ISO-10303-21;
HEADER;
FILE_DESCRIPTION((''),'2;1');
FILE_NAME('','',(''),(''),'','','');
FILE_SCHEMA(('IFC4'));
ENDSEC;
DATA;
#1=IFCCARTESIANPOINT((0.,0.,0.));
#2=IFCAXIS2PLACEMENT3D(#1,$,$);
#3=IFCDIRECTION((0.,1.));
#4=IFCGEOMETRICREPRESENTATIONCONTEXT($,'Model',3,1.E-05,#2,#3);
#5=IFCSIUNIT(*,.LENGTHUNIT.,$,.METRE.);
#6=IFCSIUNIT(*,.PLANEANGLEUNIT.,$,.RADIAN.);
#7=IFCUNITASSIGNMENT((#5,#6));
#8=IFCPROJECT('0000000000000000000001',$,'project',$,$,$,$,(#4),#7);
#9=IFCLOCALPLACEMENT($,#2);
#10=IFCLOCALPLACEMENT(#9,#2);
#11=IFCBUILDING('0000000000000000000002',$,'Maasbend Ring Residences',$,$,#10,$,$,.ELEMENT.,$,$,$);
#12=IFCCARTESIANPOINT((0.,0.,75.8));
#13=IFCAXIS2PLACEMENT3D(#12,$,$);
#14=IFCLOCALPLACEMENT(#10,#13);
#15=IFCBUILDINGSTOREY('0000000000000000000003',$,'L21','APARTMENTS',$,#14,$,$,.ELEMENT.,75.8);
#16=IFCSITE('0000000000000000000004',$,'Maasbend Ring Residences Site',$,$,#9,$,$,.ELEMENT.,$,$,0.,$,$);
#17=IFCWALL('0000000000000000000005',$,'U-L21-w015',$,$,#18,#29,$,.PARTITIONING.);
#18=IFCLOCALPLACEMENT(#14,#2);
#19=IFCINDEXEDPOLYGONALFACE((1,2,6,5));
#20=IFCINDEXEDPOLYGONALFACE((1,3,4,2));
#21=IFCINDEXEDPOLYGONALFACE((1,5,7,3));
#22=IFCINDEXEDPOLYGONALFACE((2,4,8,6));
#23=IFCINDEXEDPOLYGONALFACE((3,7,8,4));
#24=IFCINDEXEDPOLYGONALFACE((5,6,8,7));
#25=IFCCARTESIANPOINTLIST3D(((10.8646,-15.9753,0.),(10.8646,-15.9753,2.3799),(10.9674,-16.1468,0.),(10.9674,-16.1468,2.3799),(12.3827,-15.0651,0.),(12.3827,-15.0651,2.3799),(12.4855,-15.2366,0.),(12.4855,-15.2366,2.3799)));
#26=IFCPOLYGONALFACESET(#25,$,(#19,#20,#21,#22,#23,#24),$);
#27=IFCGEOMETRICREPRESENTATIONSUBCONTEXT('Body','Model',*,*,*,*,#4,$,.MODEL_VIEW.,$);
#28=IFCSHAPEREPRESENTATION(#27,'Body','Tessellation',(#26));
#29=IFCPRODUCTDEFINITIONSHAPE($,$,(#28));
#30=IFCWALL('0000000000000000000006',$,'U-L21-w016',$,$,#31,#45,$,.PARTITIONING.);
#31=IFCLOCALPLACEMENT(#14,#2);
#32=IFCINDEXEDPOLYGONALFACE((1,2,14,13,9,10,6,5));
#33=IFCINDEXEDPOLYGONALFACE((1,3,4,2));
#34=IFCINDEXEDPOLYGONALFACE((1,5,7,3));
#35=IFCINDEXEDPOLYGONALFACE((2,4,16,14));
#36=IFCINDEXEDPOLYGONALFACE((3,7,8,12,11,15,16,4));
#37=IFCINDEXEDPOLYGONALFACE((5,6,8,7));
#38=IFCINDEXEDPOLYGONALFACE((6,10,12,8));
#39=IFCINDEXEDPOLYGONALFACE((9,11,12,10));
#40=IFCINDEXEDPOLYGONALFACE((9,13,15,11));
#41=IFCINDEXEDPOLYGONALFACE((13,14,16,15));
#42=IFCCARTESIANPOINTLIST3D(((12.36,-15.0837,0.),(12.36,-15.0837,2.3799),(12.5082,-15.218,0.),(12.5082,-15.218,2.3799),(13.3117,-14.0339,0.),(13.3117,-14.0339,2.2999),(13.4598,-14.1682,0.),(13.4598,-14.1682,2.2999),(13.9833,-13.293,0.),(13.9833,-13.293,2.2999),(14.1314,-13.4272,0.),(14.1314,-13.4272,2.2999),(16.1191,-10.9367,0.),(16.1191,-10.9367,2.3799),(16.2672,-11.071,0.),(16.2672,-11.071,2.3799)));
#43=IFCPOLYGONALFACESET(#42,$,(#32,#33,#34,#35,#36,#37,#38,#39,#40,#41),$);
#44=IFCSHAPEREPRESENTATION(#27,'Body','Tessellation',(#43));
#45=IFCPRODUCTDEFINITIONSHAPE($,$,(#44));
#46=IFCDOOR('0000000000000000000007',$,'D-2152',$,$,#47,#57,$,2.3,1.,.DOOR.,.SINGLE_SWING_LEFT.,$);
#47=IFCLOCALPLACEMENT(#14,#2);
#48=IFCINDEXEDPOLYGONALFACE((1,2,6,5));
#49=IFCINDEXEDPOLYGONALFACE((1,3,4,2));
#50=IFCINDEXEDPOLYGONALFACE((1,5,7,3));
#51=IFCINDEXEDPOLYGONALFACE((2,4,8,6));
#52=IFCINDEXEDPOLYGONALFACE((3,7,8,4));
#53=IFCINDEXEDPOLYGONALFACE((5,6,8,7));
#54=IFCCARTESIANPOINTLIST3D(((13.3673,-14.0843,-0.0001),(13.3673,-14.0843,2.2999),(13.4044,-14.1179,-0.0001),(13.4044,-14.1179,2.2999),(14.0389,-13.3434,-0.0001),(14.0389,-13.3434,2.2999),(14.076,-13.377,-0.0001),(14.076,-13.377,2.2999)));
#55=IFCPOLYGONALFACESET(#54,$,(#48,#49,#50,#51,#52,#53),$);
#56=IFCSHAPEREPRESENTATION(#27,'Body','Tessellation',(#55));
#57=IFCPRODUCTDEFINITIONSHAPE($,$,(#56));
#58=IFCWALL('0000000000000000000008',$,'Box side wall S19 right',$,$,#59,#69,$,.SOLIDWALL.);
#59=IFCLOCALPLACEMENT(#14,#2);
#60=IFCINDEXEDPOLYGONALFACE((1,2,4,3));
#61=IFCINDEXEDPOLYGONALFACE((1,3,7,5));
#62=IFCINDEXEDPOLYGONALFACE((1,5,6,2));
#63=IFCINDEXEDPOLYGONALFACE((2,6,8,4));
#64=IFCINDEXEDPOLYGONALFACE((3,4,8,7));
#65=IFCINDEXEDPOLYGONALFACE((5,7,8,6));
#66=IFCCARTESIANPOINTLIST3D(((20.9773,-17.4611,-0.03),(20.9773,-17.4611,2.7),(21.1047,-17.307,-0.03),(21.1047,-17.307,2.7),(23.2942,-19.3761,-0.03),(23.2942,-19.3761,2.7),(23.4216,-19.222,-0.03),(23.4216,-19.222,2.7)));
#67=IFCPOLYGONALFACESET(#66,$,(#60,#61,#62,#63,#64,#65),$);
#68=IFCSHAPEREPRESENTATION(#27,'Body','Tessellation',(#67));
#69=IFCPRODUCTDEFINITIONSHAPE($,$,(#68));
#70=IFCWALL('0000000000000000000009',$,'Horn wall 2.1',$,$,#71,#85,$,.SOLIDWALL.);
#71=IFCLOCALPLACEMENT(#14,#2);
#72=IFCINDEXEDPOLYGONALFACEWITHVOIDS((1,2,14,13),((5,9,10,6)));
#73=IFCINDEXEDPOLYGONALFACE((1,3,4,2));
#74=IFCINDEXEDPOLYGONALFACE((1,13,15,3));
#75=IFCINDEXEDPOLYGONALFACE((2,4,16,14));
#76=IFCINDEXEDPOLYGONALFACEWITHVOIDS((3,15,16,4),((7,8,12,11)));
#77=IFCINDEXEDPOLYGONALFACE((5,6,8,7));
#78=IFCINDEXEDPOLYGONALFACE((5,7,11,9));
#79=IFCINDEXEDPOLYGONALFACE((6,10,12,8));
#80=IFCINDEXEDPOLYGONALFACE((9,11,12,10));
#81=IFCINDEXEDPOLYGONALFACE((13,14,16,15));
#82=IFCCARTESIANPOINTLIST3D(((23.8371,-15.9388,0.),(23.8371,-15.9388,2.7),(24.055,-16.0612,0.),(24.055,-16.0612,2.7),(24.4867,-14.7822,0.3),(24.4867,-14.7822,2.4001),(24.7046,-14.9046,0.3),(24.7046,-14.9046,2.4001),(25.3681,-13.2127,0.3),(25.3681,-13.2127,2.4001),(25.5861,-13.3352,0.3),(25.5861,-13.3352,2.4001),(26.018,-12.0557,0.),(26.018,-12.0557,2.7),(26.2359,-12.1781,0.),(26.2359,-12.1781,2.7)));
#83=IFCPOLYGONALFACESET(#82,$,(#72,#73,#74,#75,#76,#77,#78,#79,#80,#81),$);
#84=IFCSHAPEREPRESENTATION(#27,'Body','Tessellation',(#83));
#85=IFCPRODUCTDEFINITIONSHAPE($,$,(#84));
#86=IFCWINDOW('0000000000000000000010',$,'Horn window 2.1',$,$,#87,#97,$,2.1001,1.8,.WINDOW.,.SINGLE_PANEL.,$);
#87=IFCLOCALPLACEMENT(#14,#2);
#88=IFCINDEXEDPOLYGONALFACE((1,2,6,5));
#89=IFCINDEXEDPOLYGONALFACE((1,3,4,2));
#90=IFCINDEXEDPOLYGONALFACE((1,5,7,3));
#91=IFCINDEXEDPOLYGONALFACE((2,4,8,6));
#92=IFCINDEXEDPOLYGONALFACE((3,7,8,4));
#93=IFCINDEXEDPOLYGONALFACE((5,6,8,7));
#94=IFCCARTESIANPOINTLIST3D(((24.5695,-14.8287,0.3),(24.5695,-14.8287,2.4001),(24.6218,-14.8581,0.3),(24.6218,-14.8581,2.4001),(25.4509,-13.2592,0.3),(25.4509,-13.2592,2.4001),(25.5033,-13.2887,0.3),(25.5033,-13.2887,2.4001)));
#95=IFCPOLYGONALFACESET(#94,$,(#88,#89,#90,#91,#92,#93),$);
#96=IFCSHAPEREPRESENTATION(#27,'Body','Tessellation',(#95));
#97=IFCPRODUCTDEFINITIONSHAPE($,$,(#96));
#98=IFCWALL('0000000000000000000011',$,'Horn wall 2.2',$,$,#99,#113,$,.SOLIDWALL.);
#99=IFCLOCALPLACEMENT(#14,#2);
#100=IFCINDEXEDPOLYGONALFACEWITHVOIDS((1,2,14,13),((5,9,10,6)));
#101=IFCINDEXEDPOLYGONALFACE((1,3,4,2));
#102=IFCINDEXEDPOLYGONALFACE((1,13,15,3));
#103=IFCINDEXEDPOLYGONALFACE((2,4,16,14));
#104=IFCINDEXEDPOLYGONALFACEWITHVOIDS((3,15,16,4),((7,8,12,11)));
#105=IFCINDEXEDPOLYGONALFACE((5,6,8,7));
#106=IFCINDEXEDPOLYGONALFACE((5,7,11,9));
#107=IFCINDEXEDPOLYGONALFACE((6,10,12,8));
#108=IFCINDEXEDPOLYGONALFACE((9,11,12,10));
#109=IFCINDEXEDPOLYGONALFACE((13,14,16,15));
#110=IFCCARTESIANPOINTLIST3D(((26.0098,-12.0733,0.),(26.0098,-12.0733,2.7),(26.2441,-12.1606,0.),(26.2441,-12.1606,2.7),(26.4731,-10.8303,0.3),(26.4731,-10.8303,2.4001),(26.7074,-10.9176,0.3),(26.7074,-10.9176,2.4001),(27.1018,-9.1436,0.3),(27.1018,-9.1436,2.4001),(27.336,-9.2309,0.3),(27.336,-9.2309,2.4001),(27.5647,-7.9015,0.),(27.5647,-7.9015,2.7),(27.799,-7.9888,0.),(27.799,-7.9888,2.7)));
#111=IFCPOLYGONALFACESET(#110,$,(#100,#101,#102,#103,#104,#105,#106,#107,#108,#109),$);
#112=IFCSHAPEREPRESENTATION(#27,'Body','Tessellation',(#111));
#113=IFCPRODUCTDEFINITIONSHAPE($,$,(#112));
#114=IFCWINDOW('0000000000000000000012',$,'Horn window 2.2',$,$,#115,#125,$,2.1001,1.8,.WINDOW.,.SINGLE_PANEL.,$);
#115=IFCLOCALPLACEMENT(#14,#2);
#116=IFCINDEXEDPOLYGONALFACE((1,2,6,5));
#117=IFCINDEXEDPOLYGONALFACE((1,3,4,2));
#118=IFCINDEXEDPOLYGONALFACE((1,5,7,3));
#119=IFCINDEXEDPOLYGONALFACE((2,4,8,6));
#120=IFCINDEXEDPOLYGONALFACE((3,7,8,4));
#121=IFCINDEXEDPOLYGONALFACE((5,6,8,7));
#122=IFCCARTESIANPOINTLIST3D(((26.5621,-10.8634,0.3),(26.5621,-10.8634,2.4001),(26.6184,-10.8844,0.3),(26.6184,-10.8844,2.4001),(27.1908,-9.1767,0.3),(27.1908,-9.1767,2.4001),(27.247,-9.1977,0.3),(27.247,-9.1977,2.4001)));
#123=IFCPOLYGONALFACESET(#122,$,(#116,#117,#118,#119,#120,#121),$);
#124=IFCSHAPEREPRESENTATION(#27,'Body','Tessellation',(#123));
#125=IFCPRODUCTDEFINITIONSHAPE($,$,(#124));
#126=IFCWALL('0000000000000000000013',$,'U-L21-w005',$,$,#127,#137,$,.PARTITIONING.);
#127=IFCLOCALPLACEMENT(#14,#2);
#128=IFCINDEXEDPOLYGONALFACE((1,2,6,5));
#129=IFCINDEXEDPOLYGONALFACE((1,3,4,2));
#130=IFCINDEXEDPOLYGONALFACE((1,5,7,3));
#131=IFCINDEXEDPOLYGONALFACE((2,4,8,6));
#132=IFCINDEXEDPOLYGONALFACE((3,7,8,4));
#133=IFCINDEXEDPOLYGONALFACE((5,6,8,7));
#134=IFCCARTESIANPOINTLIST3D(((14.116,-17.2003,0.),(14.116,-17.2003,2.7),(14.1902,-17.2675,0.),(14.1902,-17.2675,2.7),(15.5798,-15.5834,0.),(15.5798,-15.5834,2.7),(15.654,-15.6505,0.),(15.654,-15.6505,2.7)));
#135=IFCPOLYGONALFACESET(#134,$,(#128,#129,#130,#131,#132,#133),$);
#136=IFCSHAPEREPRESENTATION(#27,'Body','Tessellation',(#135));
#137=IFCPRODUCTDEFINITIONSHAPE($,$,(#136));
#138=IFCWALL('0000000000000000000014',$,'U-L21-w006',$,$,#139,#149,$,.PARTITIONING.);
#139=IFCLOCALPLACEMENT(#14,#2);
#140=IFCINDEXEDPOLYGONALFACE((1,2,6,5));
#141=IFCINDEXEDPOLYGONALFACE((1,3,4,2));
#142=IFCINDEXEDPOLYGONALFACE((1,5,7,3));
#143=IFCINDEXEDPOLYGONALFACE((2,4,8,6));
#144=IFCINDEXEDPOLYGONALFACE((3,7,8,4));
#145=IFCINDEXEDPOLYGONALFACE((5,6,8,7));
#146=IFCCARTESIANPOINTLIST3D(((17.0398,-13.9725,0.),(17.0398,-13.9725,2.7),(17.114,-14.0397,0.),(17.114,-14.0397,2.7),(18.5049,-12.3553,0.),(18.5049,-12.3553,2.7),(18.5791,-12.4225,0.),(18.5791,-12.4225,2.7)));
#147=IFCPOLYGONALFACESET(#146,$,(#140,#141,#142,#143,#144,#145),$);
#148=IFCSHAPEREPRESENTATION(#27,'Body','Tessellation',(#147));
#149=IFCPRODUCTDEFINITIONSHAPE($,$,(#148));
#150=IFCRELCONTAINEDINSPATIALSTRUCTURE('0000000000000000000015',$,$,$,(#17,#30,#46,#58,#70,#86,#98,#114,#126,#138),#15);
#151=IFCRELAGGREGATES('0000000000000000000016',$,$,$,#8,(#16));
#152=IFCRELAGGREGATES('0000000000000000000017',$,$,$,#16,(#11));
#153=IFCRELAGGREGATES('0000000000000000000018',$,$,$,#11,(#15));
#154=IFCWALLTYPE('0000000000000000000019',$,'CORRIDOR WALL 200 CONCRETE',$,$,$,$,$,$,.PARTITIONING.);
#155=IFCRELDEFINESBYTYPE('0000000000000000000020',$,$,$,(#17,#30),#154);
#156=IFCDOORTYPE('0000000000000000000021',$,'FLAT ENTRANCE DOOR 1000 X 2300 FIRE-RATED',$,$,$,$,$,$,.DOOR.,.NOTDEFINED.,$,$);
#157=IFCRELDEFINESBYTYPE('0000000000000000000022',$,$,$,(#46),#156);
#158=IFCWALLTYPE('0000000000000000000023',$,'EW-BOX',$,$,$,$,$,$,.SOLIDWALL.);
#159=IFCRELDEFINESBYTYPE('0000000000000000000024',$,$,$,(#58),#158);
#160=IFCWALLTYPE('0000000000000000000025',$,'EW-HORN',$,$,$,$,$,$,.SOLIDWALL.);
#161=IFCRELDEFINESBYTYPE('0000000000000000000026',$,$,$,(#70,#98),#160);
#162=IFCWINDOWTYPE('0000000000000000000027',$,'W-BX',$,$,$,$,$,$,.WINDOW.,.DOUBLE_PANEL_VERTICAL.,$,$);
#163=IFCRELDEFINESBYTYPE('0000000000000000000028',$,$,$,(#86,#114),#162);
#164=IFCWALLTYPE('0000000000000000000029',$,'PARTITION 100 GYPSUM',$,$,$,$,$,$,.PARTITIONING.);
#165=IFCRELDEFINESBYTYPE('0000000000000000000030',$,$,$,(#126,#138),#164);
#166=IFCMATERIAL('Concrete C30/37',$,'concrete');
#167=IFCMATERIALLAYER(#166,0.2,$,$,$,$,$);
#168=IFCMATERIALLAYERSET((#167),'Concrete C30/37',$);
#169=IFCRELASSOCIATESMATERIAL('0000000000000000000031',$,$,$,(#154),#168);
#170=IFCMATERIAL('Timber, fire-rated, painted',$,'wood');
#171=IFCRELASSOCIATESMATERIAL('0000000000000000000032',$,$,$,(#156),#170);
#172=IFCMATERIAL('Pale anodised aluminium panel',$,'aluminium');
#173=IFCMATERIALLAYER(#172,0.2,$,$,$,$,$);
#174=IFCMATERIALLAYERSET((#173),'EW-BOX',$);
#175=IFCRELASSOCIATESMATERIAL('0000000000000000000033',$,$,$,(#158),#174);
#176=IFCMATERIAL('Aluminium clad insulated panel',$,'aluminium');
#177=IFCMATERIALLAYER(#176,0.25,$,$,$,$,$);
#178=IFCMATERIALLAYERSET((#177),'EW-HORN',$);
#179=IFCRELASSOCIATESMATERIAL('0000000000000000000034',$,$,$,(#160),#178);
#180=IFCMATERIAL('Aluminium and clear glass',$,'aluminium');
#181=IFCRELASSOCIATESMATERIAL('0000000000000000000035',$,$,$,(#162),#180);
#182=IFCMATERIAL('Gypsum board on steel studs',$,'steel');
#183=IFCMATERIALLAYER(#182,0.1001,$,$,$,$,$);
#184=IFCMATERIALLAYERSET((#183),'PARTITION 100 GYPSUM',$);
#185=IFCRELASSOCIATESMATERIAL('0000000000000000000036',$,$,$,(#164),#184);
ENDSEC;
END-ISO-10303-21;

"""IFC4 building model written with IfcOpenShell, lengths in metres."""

from ifc_helpers import new_model, si_unit, direction, frame, frame_2d, origin, place, context, subcontext, project, spatial, rectangle, extrude, material, layer, layer_set, type_object, element, fill, save


model = new_model("IFC4")

# Units and contexts
model_context = context("Model", 3, precision=1e-05, world=origin(), true_north=direction((0.0, 1.0)))
body_context = subcontext(model_context, "Body", "Model", "MODEL_VIEW")
ifc_project = project(units=[si_unit("LENGTHUNIT", "METRE"), si_unit("PLANEANGLEUNIT", "RADIAN")], contexts=[model_context])

# Site, building, storey
site_placement = place(None, origin())
site = spatial("IfcSite", under=ifc_project, at=site_placement, Name="Maasbend Ring Residences Site", CompositionType="ELEMENT", RefElevation=0.0)
building_placement = place(site_placement, origin())
building = spatial("IfcBuilding", under=site, at=building_placement, Name="Maasbend Ring Residences", CompositionType="ELEMENT")
storey_placement = place(building_placement, frame((0.0, 0.0, 75.8)))
storey = spatial("IfcBuildingStorey", under=building, at=storey_placement, Name="L21", Description="APARTMENTS", CompositionType="ELEMENT", Elevation=75.8)

# Wall
ifc_material_1 = material(Name="Concrete C30/37", Category="concrete")
ifc_layer_1 = layer(ifc_material_1, 0.2)
ifc_layer_set_1 = layer_set([ifc_layer_1], Name="Concrete C30/37")
wall_type_1 = type_object("IfcWallType", Name="CORRIDOR WALL 200 CONCRETE", PredefinedType="PARTITIONING", material=ifc_layer_set_1)
wall_1_placement = place(storey_placement, frame((10.916, -16.061, 0.0), z_axis=(0.0, 0.0, 1.0), x_axis=(0.857663, 0.514212, 0.0)))
element("IfcWall", 1, at=wall_1_placement, inside=storey, type_object=wall_type_1, Name="U-L21-w015", PredefinedType="PARTITIONING", context=body_context, shape_type="SweptSolid", body=[
    extrude(rectangle(XDim=1.77, YDim=0.2, at=frame_2d((0.885, 0.0))), origin(), (0.0, 0.0, 1.0), 2.3799),
])

# Wall, opening, door
wall_2_placement = place(storey_placement, frame((12.4341, -15.1509, 0.0), z_axis=(0.0, 0.0, 1.0), x_axis=(0.671602, 0.740912, 0.0)))
wall_2 = element("IfcWall", 2, at=wall_2_placement, inside=storey, type_object=wall_type_1, Name="U-L21-w016", PredefinedType="PARTITIONING", context=body_context, shape_type="SweptSolid", body=[
    extrude(rectangle(XDim=5.5972, YDim=0.2, at=frame_2d((2.7986, 0.0))), origin(), (0.0, 0.0, 1.0), 2.3799),
])
opening_1_placement = place(wall_2_placement, frame((1.417, 0.0, 0.0)))
opening_1 = element("IfcOpeningElement", 3, at=opening_1_placement, cuts=wall_2, PredefinedType="OPENING", context=body_context, shape_type="SweptSolid", body=[
    extrude(rectangle(XDim=1.0, YDim=2.3, at=frame_2d((0.5, 1.1499))), frame((0.0, 0.1099, 0.0), z_axis=(0.0, -1.0, 0.0), x_axis=(1.0, 0.0, 0.0)), (0.0, 0.0, 1.0), 0.22),
])
ifc_material_2 = material(Name="Timber, fire-rated, painted", Category="wood")
door_type_1 = type_object("IfcDoorType", Name="FLAT ENTRANCE DOOR 1000 X 2300 FIRE-RATED", OperationType="NOTDEFINED", PredefinedType="DOOR", material=ifc_material_2)
door_1_placement = place(opening_1_placement, origin())
door_1 = element("IfcDoor", 4, at=door_1_placement, inside=storey, type_object=door_type_1, Name="D-2152", OperationType="SINGLE_SWING_LEFT", OverallHeight=2.3, OverallWidth=1.0, PredefinedType="DOOR", context=body_context, shape_type="SweptSolid", body=[
    extrude(rectangle(XDim=1.0, YDim=2.3, at=frame_2d((0.5, 1.1499))), frame((0.0, 0.0249, 0.0), z_axis=(0.0, -1.0, 0.0), x_axis=(1.0, 0.0, 0.0)), (0.0, 0.0, 1.0), 0.05),
])
fill(opening_1, door_1)

# Wall
ifc_material_3 = material(Name="Pale anodised aluminium panel", Category="aluminium")
ifc_layer_2 = layer(ifc_material_3, 0.2)
ifc_layer_set_2 = layer_set([ifc_layer_2], Name="EW-BOX")
wall_type_2 = type_object("IfcWallType", Name="EW-BOX", PredefinedType="SOLIDWALL", material=ifc_layer_set_2)
wall_3_placement = place(storey_placement, frame((21.041, -17.384, -0.03), z_axis=(0.0, 0.0, 1.0), x_axis=(0.770785, -0.637096, 0.0)))
element("IfcWall", 5, at=wall_3_placement, inside=storey, type_object=wall_type_2, Name="Box side wall S19 right", PredefinedType="SOLIDWALL", context=body_context, shape_type="SweptSolid", body=[
    extrude(rectangle(XDim=3.0059, YDim=0.2, at=frame_2d((1.5029, 0.0))), origin(), (0.0, 0.0, 1.0), 2.73),
])

# Walls, openings, windows
ifc_material_4 = material(Name="Aluminium clad insulated panel", Category="aluminium")
ifc_layer_3 = layer(ifc_material_4, 0.25)
ifc_layer_set_3 = layer_set([ifc_layer_3], Name="EW-HORN")
wall_type_3 = type_object("IfcWallType", Name="EW-HORN", PredefinedType="SOLIDWALL", material=ifc_layer_set_3)
wall_4_placement = place(storey_placement, frame((23.946, -16.0, 0.0), z_axis=(0.0, 0.0, 1.0), x_axis=(0.489696, 0.871893, 0.0)))
wall_4 = element("IfcWall", 6, at=wall_4_placement, inside=storey, type_object=wall_type_3, Name="Horn wall 2.1", PredefinedType="SOLIDWALL", context=body_context, shape_type="SweptSolid", body=[
    extrude(rectangle(XDim=4.4536, YDim=0.25, at=frame_2d((2.2268, 0.0))), origin(), (0.0, 0.0, 1.0), 2.7),
])
opening_2_placement = place(wall_4_placement, frame((1.3267, 0.0, 0.3)))
opening_2 = element("IfcOpeningElement", 7, at=opening_2_placement, cuts=wall_4, PredefinedType="OPENING", context=body_context, shape_type="SweptSolid", body=[
    extrude(rectangle(XDim=1.8, YDim=2.1001, at=frame_2d((0.8999, 1.05))), frame((0.0, 0.135, 0.0), z_axis=(0.0, -1.0, 0.0), x_axis=(1.0, 0.0, 0.0)), (0.0, 0.0, 1.0), 0.27),
])
ifc_material_5 = material(Name="Aluminium and clear glass", Category="aluminium")
window_type = type_object("IfcWindowType", Name="W-BX", PartitioningType="DOUBLE_PANEL_VERTICAL", PredefinedType="WINDOW", material=ifc_material_5)
window_1_placement = place(opening_2_placement, origin())
window_1 = element("IfcWindow", 8, at=window_1_placement, inside=storey, type_object=window_type, Name="Horn window 2.1", OverallHeight=2.1001, OverallWidth=1.8, PartitioningType="SINGLE_PANEL", PredefinedType="WINDOW", context=body_context, shape_type="SweptSolid", body=[
    extrude(rectangle(XDim=1.8, YDim=2.1001, at=frame_2d((0.8999, 1.05))), frame((0.0, 0.03, 0.0), z_axis=(0.0, -1.0, 0.0), x_axis=(1.0, 0.0, 0.0)), (0.0, 0.0, 1.0), 0.0601),
])
fill(opening_2, window_1)
wall_5_placement = place(storey_placement, frame((26.127, -12.1169, 0.0), z_axis=(0.0, 0.0, 1.0), x_axis=(0.349248, 0.93703, 0.0)))
wall_5 = element("IfcWall", 9, at=wall_5_placement, inside=storey, type_object=wall_type_3, Name="Horn wall 2.2", PredefinedType="SOLIDWALL", context=body_context, shape_type="SweptSolid", body=[
    extrude(rectangle(XDim=4.4521, YDim=0.25, at=frame_2d((2.2261, 0.0))), origin(), (0.0, 0.0, 1.0), 2.7),
])
opening_3_placement = place(wall_5_placement, frame((1.3267, 0.0, 0.3)))
opening_3 = element("IfcOpeningElement", 10, at=opening_3_placement, cuts=wall_5, PredefinedType="OPENING", context=body_context, shape_type="SweptSolid", body=[
    extrude(rectangle(XDim=1.8, YDim=2.1001, at=frame_2d((0.8999, 1.05))), frame((0.0, 0.135, 0.0), z_axis=(0.0, -1.0, 0.0), x_axis=(1.0, 0.0, 0.0)), (0.0, 0.0, 1.0), 0.27),
])
window_2_placement = place(opening_3_placement, origin())
window_2 = element("IfcWindow", 11, at=window_2_placement, inside=storey, type_object=window_type, Name="Horn window 2.2", OverallHeight=2.1001, OverallWidth=1.8, PartitioningType="SINGLE_PANEL", PredefinedType="WINDOW", context=body_context, shape_type="SweptSolid", body=[
    extrude(rectangle(XDim=1.8, YDim=2.1001, at=frame_2d((0.8999, 1.05))), frame((0.0, 0.03, 0.0), z_axis=(0.0, -1.0, 0.0), x_axis=(1.0, 0.0, 0.0)), (0.0, 0.0, 1.0), 0.0601),
])
fill(opening_3, window_2)

# Walls
ifc_material_6 = material(Name="Gypsum board on steel studs", Category="steel")
ifc_layer_4 = layer(ifc_material_6, 0.1001)
ifc_layer_set_4 = layer_set([ifc_layer_4], Name="PARTITION 100 GYPSUM")
wall_type_4 = type_object("IfcWallType", Name="PARTITION 100 GYPSUM", PredefinedType="PARTITIONING", material=ifc_layer_set_4)
wall_6_placement = place(storey_placement, frame((14.1531, -17.2339, 0.0), z_axis=(0.0, 0.0, 1.0), x_axis=(0.671145, 0.741326, 0.0)))
element("IfcWall", 12, at=wall_6_placement, inside=storey, type_object=wall_type_4, Name="U-L21-w005", PredefinedType="PARTITIONING", context=body_context, shape_type="SweptSolid", body=[
    extrude(rectangle(XDim=2.1812, YDim=0.1001, at=frame_2d((1.0906, 0.0))), origin(), (0.0, 0.0, 1.0), 2.7),
])
wall_7_placement = place(storey_placement, frame((17.0769, -14.0061, 0.0), z_axis=(0.0, 0.0, 1.0), x_axis=(0.671397, 0.741098, 0.0)))
element("IfcWall", 13, at=wall_7_placement, inside=storey, type_object=wall_type_4, Name="U-L21-w006", PredefinedType="PARTITIONING", context=body_context, shape_type="SweptSolid", body=[
    extrude(rectangle(XDim=2.1821, YDim=0.1001, at=frame_2d((1.0911, 0.0))), origin(), (0.0, 0.0, 1.0), 2.7),
])

save(model, "model.ifc")
